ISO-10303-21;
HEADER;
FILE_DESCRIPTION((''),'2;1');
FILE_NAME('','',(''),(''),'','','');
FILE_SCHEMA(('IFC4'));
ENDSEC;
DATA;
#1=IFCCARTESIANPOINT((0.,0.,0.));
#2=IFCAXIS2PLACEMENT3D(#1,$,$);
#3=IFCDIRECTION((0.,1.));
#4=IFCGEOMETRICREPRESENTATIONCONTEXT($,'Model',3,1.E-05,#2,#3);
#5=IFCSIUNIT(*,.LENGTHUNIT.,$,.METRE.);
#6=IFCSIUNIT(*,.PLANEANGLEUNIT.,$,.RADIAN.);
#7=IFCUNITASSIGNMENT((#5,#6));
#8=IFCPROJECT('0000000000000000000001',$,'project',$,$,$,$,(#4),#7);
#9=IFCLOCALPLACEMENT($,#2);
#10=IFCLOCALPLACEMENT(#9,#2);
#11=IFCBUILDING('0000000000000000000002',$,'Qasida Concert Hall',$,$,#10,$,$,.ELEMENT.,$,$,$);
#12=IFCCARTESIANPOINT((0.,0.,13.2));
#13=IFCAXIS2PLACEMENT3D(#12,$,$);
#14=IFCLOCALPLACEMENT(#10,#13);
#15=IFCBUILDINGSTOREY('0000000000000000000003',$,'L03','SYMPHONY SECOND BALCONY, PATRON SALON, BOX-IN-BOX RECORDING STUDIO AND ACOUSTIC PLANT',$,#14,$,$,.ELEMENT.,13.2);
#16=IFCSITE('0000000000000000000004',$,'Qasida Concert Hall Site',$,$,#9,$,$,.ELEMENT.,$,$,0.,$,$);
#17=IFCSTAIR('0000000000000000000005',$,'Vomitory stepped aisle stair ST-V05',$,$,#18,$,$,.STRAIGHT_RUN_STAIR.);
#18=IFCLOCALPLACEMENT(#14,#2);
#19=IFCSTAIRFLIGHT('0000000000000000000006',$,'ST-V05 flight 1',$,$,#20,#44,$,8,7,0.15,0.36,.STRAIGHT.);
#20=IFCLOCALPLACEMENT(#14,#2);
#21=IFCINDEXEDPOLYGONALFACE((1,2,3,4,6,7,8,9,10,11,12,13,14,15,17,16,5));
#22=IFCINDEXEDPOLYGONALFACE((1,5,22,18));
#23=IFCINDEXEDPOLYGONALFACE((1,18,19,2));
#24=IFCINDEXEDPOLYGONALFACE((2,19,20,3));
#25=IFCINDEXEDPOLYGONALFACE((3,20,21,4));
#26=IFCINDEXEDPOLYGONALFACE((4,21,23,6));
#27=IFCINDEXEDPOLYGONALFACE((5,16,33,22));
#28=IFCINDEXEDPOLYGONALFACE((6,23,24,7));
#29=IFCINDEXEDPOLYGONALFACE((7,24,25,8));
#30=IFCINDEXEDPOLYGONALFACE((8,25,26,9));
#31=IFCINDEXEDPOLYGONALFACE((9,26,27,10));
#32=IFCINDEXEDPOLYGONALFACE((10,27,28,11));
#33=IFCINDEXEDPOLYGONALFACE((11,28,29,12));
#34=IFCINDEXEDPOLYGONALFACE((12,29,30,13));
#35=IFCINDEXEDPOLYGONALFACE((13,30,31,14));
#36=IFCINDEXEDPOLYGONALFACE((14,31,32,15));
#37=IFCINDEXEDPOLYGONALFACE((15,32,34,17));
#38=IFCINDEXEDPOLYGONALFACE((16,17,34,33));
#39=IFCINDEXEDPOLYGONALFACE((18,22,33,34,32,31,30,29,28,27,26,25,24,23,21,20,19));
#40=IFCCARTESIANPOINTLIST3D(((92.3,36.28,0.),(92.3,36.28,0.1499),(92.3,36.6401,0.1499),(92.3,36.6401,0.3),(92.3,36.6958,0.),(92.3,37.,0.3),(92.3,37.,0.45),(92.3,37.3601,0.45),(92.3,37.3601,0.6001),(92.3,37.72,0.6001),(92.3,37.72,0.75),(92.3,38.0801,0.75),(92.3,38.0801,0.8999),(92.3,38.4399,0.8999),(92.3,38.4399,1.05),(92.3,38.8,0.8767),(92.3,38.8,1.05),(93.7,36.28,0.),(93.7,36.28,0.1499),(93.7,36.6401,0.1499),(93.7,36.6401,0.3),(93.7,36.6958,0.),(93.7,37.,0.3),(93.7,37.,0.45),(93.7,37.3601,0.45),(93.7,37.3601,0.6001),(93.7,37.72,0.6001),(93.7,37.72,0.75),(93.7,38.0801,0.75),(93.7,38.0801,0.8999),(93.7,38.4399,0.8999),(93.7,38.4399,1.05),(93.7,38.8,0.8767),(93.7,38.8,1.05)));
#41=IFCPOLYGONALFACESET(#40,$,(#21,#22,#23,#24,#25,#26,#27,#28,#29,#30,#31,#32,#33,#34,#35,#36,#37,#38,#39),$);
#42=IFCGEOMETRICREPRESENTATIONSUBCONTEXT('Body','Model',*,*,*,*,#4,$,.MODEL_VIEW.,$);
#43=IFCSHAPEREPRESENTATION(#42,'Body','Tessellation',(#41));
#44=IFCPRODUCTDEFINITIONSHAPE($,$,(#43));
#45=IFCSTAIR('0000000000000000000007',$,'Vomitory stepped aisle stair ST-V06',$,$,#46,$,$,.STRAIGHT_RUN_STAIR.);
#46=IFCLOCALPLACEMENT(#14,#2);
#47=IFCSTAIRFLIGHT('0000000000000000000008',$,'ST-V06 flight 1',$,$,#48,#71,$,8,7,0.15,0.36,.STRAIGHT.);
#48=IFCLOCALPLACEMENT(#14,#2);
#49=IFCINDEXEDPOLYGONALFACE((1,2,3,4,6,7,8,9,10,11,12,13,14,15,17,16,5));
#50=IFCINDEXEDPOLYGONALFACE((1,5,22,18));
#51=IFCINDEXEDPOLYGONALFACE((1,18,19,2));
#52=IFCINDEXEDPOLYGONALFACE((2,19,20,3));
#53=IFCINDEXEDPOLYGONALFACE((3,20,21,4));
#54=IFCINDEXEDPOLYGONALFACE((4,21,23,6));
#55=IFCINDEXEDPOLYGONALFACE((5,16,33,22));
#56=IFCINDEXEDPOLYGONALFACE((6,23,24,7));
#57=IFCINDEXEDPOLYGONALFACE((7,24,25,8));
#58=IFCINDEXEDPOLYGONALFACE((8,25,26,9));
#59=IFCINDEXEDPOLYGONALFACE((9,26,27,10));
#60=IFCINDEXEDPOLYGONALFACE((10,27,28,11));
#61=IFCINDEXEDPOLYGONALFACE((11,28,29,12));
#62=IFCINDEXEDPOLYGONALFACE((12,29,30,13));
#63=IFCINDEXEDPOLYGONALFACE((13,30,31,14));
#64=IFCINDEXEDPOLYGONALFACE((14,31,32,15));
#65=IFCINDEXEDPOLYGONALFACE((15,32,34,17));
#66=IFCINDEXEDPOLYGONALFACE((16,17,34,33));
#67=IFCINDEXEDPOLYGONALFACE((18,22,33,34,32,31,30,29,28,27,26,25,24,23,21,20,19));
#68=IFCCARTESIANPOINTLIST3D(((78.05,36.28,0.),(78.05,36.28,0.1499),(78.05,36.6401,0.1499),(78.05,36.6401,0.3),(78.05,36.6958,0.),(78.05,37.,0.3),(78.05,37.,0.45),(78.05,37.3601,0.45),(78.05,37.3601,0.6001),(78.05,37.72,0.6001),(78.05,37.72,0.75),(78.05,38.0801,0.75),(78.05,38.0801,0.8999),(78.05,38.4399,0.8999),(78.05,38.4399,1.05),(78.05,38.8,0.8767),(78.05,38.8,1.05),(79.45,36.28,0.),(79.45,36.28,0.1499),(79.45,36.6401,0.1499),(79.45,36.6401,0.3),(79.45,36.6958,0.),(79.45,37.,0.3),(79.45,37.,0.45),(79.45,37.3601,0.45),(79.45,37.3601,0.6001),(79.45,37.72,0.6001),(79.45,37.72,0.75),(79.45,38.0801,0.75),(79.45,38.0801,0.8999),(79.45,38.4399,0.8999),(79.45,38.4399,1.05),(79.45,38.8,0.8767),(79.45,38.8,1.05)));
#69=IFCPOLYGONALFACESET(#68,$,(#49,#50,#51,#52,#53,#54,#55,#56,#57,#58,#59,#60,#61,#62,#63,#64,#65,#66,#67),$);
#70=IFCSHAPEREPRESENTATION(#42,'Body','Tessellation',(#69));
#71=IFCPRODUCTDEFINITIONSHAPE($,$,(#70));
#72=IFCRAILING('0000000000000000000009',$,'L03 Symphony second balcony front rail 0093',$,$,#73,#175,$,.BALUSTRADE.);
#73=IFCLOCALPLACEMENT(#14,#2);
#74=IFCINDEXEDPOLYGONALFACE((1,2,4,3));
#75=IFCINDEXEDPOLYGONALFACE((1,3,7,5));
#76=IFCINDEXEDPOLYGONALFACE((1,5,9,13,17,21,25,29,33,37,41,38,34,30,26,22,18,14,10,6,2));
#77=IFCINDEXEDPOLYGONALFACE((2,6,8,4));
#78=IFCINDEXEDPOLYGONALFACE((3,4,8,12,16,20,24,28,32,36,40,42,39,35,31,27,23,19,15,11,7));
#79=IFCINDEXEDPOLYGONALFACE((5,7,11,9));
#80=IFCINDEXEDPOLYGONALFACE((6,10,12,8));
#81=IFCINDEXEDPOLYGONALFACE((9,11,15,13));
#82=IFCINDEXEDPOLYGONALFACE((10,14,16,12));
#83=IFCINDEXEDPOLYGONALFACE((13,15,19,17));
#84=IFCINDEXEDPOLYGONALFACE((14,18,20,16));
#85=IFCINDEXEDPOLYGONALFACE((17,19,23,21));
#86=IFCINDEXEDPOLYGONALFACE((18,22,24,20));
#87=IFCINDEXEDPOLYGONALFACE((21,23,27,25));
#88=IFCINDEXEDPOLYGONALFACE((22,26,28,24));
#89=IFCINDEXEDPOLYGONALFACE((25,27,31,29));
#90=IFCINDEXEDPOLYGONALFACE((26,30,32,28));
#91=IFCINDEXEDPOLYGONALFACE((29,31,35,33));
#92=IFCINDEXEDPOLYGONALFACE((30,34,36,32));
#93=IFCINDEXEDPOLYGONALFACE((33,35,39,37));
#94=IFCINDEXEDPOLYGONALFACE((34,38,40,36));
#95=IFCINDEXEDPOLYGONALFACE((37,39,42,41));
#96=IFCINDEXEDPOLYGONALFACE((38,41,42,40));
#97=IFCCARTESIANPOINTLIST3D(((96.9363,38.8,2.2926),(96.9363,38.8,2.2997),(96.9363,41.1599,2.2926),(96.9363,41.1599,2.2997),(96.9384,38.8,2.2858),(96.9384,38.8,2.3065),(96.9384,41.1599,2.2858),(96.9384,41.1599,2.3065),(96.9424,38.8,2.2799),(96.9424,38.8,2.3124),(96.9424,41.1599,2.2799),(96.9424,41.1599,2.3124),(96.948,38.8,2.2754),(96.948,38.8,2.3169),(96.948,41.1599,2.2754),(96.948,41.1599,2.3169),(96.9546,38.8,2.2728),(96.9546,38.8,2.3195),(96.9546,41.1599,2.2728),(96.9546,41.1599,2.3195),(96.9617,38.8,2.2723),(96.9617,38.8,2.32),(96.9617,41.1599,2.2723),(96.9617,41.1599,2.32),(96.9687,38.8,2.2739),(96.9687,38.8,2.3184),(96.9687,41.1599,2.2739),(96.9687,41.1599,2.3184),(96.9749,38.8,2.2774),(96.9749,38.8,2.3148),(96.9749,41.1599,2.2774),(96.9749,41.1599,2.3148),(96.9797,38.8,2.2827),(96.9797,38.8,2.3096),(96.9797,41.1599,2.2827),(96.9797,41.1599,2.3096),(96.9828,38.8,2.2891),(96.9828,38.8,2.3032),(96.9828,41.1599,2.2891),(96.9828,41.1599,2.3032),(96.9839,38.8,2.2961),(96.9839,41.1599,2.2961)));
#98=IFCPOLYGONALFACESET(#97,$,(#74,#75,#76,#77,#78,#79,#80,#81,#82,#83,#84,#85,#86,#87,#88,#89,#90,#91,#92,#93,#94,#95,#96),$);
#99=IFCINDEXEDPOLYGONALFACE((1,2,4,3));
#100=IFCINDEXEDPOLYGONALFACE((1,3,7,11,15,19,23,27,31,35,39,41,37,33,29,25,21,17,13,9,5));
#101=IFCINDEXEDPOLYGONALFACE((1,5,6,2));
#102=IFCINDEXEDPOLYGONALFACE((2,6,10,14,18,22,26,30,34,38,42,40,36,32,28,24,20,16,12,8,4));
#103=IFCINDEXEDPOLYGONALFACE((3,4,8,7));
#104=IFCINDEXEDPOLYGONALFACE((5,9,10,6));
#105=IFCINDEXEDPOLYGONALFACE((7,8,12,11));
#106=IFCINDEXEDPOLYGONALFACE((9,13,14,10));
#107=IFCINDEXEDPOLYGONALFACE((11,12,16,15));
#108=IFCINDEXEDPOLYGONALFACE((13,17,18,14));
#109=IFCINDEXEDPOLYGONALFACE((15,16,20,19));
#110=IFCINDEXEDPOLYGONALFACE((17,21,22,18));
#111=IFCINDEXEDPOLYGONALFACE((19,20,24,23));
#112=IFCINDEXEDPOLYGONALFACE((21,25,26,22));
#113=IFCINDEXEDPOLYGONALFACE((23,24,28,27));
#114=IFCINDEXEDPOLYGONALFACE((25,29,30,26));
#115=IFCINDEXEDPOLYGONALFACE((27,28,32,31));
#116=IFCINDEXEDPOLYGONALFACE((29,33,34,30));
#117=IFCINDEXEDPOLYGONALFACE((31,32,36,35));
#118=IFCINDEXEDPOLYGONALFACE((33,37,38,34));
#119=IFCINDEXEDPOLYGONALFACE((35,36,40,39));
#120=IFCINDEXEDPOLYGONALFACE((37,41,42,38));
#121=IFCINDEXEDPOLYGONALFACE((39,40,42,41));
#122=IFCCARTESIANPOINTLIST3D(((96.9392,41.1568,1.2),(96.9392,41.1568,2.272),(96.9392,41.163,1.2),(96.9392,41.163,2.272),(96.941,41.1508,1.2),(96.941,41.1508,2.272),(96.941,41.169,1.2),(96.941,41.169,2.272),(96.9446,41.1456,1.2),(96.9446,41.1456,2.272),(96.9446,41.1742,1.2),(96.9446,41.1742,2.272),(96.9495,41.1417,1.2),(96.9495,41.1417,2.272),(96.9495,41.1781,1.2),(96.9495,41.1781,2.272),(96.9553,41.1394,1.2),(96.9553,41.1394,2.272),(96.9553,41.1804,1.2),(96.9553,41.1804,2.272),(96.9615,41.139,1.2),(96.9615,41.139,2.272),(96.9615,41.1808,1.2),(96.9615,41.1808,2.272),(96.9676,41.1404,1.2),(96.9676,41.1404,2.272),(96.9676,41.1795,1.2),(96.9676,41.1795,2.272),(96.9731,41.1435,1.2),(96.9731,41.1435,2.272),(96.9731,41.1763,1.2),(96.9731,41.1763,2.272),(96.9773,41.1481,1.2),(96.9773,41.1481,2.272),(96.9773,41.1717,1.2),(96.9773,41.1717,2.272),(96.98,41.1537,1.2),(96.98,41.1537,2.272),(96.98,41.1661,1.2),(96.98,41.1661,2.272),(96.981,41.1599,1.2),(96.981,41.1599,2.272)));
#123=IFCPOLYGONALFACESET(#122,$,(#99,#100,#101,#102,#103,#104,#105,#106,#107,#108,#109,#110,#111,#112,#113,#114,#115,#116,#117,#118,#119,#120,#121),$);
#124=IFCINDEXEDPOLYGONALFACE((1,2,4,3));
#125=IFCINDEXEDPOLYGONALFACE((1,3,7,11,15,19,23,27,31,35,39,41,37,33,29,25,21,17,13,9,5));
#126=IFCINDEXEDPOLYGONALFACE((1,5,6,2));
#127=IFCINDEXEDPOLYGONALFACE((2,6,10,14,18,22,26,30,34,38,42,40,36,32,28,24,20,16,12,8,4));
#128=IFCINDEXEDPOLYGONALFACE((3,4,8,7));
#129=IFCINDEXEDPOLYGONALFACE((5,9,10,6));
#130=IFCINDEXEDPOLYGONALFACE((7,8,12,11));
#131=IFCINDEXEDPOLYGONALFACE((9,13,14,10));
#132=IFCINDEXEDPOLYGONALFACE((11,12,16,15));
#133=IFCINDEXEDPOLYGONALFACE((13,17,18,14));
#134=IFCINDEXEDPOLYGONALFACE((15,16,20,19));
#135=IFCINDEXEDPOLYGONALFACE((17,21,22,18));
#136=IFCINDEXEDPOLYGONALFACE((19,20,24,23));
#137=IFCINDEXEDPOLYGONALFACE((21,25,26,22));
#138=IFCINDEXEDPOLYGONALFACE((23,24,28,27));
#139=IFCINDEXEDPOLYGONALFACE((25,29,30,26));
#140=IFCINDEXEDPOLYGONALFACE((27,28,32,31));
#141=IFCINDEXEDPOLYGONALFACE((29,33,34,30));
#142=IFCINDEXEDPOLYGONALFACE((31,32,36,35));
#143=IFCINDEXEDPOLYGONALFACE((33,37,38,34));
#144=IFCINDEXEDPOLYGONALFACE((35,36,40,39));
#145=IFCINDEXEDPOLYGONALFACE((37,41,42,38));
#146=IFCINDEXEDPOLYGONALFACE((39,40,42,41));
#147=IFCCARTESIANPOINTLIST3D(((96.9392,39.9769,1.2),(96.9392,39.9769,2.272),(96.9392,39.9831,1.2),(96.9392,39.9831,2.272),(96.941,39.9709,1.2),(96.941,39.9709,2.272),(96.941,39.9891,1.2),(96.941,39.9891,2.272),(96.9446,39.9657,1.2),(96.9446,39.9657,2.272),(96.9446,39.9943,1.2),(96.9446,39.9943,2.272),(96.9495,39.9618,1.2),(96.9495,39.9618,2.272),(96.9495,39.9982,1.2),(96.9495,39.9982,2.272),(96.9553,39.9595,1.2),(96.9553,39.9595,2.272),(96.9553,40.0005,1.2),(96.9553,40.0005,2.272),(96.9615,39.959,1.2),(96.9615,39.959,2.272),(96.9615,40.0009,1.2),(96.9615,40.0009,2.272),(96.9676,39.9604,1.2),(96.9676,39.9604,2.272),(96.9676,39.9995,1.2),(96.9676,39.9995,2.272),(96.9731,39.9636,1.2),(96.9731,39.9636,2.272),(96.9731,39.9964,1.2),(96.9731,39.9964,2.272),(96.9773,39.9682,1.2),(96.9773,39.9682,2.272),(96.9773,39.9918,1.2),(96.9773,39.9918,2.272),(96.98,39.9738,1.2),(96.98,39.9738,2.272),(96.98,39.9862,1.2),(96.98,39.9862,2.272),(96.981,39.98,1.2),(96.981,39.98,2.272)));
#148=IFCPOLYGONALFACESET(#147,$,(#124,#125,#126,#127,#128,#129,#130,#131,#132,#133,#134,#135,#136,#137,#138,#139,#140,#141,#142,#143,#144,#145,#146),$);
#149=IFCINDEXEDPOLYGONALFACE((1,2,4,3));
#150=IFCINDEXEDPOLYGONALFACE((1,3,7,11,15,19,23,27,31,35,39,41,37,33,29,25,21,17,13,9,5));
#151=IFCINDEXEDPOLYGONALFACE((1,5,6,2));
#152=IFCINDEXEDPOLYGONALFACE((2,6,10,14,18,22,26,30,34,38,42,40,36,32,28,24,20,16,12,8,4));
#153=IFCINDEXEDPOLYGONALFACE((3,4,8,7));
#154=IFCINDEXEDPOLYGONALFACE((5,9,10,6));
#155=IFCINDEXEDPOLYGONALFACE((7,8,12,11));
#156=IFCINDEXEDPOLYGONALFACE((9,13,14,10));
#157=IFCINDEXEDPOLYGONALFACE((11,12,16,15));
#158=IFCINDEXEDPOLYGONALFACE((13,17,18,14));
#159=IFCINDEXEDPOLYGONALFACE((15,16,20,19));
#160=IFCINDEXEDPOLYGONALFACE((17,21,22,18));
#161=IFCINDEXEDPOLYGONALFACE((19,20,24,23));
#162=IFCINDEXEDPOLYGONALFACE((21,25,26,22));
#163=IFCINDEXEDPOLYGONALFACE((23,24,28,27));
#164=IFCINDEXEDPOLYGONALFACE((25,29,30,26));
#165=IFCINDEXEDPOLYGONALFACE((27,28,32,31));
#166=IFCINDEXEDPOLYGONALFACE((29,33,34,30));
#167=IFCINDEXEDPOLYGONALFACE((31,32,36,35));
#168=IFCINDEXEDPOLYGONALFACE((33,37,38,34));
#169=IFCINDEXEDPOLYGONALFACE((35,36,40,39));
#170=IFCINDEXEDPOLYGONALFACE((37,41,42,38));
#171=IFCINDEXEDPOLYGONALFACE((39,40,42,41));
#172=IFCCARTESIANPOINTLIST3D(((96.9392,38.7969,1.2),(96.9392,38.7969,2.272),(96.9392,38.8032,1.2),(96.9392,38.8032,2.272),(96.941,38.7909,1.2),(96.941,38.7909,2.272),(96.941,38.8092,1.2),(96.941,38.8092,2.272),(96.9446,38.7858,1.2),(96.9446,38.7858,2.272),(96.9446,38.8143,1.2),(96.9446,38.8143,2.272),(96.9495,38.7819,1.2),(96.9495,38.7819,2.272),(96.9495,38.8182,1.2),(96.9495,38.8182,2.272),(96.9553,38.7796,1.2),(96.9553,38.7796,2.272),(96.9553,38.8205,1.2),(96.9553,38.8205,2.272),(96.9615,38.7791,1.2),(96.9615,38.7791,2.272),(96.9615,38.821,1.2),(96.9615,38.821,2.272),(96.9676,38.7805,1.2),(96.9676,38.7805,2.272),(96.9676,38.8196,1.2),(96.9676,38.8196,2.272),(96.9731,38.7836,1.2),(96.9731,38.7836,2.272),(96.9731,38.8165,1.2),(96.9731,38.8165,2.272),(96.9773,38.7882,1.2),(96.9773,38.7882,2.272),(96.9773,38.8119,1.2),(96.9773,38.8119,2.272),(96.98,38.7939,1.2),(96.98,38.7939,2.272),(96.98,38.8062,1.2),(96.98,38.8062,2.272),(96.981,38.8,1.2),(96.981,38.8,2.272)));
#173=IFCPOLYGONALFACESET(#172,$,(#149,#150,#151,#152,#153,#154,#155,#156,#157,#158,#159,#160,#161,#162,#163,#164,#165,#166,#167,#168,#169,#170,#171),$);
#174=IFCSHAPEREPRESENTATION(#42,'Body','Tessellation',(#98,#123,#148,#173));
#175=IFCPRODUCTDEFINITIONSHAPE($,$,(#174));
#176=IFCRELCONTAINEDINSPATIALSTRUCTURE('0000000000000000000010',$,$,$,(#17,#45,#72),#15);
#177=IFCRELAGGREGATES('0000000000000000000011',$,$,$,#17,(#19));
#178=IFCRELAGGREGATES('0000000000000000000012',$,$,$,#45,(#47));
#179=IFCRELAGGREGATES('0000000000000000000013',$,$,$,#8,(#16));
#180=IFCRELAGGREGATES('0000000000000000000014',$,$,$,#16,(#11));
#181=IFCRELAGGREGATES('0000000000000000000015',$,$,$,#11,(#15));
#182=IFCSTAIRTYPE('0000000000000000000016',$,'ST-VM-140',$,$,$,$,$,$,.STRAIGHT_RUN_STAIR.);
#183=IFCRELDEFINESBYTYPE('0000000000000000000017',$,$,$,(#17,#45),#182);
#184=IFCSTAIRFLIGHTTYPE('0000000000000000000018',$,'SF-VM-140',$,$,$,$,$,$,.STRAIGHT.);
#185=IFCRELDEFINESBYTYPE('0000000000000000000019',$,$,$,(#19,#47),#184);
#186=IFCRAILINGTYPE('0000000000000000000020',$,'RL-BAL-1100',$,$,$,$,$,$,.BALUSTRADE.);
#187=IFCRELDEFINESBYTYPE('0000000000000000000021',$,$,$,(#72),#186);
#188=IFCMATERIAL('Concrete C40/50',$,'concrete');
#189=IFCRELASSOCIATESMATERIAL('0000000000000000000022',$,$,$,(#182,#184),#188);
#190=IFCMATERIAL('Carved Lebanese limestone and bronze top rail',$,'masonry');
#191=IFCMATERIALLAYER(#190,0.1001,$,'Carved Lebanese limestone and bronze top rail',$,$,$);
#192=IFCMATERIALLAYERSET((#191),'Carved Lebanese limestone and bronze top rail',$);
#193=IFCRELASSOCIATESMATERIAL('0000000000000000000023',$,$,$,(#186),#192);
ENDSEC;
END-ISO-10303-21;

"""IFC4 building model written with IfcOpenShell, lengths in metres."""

from ifc_helpers import new_model, si_unit, direction, frame, origin, origin_2d, place, context, subcontext, project, spatial, polyline, circle, outline, extrude, material, layer, layer_set, type_object, element, aggregate, save


model = new_model("IFC4")

# Units and contexts
model_context = context("Model", 3, precision=1e-05, world=origin(), true_north=direction((0.0, 1.0)))
body_context = subcontext(model_context, "Body", "Model", "MODEL_VIEW")
ifc_project = project(units=[si_unit("LENGTHUNIT", "METRE"), si_unit("PLANEANGLEUNIT", "RADIAN")], contexts=[model_context])

# Site, building, storey
site_placement = place(None, origin())
site = spatial("IfcSite", under=ifc_project, at=site_placement, Name="Qasida Concert Hall Site", CompositionType="ELEMENT", RefElevation=0.0)
building_placement = place(site_placement, origin())
building = spatial("IfcBuilding", under=site, at=building_placement, Name="Qasida Concert Hall", CompositionType="ELEMENT")
storey_placement = place(building_placement, frame((0.0, 0.0, 13.2)))
storey = spatial("IfcBuildingStorey", under=building, at=storey_placement, Name="L03", Description="SYMPHONY SECOND BALCONY, PATRON SALON, BOX-IN-BOX RECORDING STUDIO AND ACOUSTIC PLANT", CompositionType="ELEMENT", Elevation=13.2)

# Shared definitions
ifc_material_1 = material(Name="Concrete C40/50", Category="concrete")

# Stairs, stair flights
stair_type_1 = type_object("IfcStairType", Name="ST-VM-140", PredefinedType="STRAIGHT_RUN_STAIR", material=ifc_material_1)
stair_1_placement = place(storey_placement, origin())
stair_1 = element("IfcStair", 1, at=stair_1_placement, inside=storey, type_object=stair_type_1, Name="Vomitory stepped aisle stair ST-V05", PredefinedType="STRAIGHT_RUN_STAIR")
stair_flight_type_1 = type_object("IfcStairFlightType", Name="SF-VM-140", PredefinedType="STRAIGHT", material=ifc_material_1)
stair_flight_1_placement = place(storey_placement, frame((93.0, 36.28, 0.0), z_axis=(0.0, 0.0, 1.0), x_axis=(0.0, 1.0, 0.0)))
stair_flight_1 = element("IfcStairFlight", 2, at=stair_flight_1_placement, type_object=stair_flight_type_1, Name="ST-V05 flight 1", NumberOfRisers=8, NumberOfTreads=7, PredefinedType="STRAIGHT", RiserHeight=0.15, TreadLength=0.36, context=body_context, shape_type="SweptSolid", body=[
    extrude(outline(polyline([(0.0, 0.0), (0.0, 0.1499), (0.3601, 0.1499), (0.3601, 0.3), (0.72, 0.3), (0.72, 0.45), (1.0801, 0.45), (1.0801, 0.6001), (1.4399, 0.6001), (1.4399, 0.75), (1.8, 0.75), (1.8, 0.8999), (2.1599, 0.8999), (2.1599, 1.05), (2.52, 1.05), (2.52, 1.2), (2.52, 0.8767), (0.4158, 0.0), (0.0, 0.0)])), frame((0.0, 0.7, 0.0), z_axis=(0.0, -1.0, 0.0), x_axis=(1.0, 0.0, 0.0)), (0.0, 0.0, 1.0), 1.3999),
])
aggregate(stair_1, [stair_flight_1])
stair_2_placement = place(storey_placement, origin())
stair_2 = element("IfcStair", 3, at=stair_2_placement, inside=storey, type_object=stair_type_1, Name="Vomitory stepped aisle stair ST-V06", PredefinedType="STRAIGHT_RUN_STAIR")
stair_flight_2_placement = place(storey_placement, frame((78.75, 36.28, 0.0), z_axis=(0.0, 0.0, 1.0), x_axis=(0.0, 1.0, 0.0)))
stair_flight_2 = element("IfcStairFlight", 4, at=stair_flight_2_placement, type_object=stair_flight_type_1, Name="ST-V06 flight 1", NumberOfRisers=8, NumberOfTreads=7, PredefinedType="STRAIGHT", RiserHeight=0.15, TreadLength=0.36, context=body_context, shape_type="SweptSolid", body=[
    extrude(outline(polyline([(0.0, 0.0), (0.0, 0.1499), (0.3601, 0.1499), (0.3601, 0.3), (0.72, 0.3), (0.72, 0.45), (1.0801, 0.45), (1.0801, 0.6001), (1.4399, 0.6001), (1.4399, 0.75), (1.8, 0.75), (1.8, 0.8999), (2.1599, 0.8999), (2.1599, 1.05), (2.52, 1.05), (2.52, 1.2), (2.52, 0.8767), (0.4158, 0.0), (0.0, 0.0)])), frame((0.0, 0.7, 0.0), z_axis=(0.0, -1.0, 0.0), x_axis=(1.0, 0.0, 0.0)), (0.0, 0.0, 1.0), 1.3999),
])
aggregate(stair_2, [stair_flight_2])

# Railing
ifc_material_2 = material(Name="Carved Lebanese limestone and bronze top rail", Category="masonry")
ifc_layer_1 = layer(ifc_material_2, 0.1001, Name="Carved Lebanese limestone and bronze top rail")
ifc_layer_set_1 = layer_set([ifc_layer_1], Name="Carved Lebanese limestone and bronze top rail")
railing_type_1 = type_object("IfcRailingType", Name="RL-BAL-1100", PredefinedType="BALUSTRADE", material=ifc_layer_set_1)
railing_1_placement = place(storey_placement, frame((96.96, 41.1599, 1.2)))
element("IfcRailing", 5, at=railing_1_placement, inside=storey, type_object=railing_type_1, Name="L03 Symphony second balcony front rail 0093", PredefinedType="BALUSTRADE", context=body_context, shape_type="SweptSolid", body=[
    extrude(circle(Radius=0.0239, at=origin_2d()), frame((0.0, 0.0, 1.0962), z_axis=(0.0, -1.0, 0.0), x_axis=(1.0, 0.0, 0.0)), (0.0, 0.0, 1.0), 2.3599),
    extrude(circle(Radius=0.021, at=origin_2d()), origin(), (0.0, 0.0, 1.0), 1.072),
    extrude(circle(Radius=0.021, at=origin_2d()), frame((0.0, -1.1799, 0.0)), (0.0, 0.0, 1.0), 1.072),
    extrude(circle(Radius=0.021, at=origin_2d()), frame((0.0, -2.3599, 0.0)), (0.0, 0.0, 1.0), 1.072),
])

save(model, "model.ifc")
